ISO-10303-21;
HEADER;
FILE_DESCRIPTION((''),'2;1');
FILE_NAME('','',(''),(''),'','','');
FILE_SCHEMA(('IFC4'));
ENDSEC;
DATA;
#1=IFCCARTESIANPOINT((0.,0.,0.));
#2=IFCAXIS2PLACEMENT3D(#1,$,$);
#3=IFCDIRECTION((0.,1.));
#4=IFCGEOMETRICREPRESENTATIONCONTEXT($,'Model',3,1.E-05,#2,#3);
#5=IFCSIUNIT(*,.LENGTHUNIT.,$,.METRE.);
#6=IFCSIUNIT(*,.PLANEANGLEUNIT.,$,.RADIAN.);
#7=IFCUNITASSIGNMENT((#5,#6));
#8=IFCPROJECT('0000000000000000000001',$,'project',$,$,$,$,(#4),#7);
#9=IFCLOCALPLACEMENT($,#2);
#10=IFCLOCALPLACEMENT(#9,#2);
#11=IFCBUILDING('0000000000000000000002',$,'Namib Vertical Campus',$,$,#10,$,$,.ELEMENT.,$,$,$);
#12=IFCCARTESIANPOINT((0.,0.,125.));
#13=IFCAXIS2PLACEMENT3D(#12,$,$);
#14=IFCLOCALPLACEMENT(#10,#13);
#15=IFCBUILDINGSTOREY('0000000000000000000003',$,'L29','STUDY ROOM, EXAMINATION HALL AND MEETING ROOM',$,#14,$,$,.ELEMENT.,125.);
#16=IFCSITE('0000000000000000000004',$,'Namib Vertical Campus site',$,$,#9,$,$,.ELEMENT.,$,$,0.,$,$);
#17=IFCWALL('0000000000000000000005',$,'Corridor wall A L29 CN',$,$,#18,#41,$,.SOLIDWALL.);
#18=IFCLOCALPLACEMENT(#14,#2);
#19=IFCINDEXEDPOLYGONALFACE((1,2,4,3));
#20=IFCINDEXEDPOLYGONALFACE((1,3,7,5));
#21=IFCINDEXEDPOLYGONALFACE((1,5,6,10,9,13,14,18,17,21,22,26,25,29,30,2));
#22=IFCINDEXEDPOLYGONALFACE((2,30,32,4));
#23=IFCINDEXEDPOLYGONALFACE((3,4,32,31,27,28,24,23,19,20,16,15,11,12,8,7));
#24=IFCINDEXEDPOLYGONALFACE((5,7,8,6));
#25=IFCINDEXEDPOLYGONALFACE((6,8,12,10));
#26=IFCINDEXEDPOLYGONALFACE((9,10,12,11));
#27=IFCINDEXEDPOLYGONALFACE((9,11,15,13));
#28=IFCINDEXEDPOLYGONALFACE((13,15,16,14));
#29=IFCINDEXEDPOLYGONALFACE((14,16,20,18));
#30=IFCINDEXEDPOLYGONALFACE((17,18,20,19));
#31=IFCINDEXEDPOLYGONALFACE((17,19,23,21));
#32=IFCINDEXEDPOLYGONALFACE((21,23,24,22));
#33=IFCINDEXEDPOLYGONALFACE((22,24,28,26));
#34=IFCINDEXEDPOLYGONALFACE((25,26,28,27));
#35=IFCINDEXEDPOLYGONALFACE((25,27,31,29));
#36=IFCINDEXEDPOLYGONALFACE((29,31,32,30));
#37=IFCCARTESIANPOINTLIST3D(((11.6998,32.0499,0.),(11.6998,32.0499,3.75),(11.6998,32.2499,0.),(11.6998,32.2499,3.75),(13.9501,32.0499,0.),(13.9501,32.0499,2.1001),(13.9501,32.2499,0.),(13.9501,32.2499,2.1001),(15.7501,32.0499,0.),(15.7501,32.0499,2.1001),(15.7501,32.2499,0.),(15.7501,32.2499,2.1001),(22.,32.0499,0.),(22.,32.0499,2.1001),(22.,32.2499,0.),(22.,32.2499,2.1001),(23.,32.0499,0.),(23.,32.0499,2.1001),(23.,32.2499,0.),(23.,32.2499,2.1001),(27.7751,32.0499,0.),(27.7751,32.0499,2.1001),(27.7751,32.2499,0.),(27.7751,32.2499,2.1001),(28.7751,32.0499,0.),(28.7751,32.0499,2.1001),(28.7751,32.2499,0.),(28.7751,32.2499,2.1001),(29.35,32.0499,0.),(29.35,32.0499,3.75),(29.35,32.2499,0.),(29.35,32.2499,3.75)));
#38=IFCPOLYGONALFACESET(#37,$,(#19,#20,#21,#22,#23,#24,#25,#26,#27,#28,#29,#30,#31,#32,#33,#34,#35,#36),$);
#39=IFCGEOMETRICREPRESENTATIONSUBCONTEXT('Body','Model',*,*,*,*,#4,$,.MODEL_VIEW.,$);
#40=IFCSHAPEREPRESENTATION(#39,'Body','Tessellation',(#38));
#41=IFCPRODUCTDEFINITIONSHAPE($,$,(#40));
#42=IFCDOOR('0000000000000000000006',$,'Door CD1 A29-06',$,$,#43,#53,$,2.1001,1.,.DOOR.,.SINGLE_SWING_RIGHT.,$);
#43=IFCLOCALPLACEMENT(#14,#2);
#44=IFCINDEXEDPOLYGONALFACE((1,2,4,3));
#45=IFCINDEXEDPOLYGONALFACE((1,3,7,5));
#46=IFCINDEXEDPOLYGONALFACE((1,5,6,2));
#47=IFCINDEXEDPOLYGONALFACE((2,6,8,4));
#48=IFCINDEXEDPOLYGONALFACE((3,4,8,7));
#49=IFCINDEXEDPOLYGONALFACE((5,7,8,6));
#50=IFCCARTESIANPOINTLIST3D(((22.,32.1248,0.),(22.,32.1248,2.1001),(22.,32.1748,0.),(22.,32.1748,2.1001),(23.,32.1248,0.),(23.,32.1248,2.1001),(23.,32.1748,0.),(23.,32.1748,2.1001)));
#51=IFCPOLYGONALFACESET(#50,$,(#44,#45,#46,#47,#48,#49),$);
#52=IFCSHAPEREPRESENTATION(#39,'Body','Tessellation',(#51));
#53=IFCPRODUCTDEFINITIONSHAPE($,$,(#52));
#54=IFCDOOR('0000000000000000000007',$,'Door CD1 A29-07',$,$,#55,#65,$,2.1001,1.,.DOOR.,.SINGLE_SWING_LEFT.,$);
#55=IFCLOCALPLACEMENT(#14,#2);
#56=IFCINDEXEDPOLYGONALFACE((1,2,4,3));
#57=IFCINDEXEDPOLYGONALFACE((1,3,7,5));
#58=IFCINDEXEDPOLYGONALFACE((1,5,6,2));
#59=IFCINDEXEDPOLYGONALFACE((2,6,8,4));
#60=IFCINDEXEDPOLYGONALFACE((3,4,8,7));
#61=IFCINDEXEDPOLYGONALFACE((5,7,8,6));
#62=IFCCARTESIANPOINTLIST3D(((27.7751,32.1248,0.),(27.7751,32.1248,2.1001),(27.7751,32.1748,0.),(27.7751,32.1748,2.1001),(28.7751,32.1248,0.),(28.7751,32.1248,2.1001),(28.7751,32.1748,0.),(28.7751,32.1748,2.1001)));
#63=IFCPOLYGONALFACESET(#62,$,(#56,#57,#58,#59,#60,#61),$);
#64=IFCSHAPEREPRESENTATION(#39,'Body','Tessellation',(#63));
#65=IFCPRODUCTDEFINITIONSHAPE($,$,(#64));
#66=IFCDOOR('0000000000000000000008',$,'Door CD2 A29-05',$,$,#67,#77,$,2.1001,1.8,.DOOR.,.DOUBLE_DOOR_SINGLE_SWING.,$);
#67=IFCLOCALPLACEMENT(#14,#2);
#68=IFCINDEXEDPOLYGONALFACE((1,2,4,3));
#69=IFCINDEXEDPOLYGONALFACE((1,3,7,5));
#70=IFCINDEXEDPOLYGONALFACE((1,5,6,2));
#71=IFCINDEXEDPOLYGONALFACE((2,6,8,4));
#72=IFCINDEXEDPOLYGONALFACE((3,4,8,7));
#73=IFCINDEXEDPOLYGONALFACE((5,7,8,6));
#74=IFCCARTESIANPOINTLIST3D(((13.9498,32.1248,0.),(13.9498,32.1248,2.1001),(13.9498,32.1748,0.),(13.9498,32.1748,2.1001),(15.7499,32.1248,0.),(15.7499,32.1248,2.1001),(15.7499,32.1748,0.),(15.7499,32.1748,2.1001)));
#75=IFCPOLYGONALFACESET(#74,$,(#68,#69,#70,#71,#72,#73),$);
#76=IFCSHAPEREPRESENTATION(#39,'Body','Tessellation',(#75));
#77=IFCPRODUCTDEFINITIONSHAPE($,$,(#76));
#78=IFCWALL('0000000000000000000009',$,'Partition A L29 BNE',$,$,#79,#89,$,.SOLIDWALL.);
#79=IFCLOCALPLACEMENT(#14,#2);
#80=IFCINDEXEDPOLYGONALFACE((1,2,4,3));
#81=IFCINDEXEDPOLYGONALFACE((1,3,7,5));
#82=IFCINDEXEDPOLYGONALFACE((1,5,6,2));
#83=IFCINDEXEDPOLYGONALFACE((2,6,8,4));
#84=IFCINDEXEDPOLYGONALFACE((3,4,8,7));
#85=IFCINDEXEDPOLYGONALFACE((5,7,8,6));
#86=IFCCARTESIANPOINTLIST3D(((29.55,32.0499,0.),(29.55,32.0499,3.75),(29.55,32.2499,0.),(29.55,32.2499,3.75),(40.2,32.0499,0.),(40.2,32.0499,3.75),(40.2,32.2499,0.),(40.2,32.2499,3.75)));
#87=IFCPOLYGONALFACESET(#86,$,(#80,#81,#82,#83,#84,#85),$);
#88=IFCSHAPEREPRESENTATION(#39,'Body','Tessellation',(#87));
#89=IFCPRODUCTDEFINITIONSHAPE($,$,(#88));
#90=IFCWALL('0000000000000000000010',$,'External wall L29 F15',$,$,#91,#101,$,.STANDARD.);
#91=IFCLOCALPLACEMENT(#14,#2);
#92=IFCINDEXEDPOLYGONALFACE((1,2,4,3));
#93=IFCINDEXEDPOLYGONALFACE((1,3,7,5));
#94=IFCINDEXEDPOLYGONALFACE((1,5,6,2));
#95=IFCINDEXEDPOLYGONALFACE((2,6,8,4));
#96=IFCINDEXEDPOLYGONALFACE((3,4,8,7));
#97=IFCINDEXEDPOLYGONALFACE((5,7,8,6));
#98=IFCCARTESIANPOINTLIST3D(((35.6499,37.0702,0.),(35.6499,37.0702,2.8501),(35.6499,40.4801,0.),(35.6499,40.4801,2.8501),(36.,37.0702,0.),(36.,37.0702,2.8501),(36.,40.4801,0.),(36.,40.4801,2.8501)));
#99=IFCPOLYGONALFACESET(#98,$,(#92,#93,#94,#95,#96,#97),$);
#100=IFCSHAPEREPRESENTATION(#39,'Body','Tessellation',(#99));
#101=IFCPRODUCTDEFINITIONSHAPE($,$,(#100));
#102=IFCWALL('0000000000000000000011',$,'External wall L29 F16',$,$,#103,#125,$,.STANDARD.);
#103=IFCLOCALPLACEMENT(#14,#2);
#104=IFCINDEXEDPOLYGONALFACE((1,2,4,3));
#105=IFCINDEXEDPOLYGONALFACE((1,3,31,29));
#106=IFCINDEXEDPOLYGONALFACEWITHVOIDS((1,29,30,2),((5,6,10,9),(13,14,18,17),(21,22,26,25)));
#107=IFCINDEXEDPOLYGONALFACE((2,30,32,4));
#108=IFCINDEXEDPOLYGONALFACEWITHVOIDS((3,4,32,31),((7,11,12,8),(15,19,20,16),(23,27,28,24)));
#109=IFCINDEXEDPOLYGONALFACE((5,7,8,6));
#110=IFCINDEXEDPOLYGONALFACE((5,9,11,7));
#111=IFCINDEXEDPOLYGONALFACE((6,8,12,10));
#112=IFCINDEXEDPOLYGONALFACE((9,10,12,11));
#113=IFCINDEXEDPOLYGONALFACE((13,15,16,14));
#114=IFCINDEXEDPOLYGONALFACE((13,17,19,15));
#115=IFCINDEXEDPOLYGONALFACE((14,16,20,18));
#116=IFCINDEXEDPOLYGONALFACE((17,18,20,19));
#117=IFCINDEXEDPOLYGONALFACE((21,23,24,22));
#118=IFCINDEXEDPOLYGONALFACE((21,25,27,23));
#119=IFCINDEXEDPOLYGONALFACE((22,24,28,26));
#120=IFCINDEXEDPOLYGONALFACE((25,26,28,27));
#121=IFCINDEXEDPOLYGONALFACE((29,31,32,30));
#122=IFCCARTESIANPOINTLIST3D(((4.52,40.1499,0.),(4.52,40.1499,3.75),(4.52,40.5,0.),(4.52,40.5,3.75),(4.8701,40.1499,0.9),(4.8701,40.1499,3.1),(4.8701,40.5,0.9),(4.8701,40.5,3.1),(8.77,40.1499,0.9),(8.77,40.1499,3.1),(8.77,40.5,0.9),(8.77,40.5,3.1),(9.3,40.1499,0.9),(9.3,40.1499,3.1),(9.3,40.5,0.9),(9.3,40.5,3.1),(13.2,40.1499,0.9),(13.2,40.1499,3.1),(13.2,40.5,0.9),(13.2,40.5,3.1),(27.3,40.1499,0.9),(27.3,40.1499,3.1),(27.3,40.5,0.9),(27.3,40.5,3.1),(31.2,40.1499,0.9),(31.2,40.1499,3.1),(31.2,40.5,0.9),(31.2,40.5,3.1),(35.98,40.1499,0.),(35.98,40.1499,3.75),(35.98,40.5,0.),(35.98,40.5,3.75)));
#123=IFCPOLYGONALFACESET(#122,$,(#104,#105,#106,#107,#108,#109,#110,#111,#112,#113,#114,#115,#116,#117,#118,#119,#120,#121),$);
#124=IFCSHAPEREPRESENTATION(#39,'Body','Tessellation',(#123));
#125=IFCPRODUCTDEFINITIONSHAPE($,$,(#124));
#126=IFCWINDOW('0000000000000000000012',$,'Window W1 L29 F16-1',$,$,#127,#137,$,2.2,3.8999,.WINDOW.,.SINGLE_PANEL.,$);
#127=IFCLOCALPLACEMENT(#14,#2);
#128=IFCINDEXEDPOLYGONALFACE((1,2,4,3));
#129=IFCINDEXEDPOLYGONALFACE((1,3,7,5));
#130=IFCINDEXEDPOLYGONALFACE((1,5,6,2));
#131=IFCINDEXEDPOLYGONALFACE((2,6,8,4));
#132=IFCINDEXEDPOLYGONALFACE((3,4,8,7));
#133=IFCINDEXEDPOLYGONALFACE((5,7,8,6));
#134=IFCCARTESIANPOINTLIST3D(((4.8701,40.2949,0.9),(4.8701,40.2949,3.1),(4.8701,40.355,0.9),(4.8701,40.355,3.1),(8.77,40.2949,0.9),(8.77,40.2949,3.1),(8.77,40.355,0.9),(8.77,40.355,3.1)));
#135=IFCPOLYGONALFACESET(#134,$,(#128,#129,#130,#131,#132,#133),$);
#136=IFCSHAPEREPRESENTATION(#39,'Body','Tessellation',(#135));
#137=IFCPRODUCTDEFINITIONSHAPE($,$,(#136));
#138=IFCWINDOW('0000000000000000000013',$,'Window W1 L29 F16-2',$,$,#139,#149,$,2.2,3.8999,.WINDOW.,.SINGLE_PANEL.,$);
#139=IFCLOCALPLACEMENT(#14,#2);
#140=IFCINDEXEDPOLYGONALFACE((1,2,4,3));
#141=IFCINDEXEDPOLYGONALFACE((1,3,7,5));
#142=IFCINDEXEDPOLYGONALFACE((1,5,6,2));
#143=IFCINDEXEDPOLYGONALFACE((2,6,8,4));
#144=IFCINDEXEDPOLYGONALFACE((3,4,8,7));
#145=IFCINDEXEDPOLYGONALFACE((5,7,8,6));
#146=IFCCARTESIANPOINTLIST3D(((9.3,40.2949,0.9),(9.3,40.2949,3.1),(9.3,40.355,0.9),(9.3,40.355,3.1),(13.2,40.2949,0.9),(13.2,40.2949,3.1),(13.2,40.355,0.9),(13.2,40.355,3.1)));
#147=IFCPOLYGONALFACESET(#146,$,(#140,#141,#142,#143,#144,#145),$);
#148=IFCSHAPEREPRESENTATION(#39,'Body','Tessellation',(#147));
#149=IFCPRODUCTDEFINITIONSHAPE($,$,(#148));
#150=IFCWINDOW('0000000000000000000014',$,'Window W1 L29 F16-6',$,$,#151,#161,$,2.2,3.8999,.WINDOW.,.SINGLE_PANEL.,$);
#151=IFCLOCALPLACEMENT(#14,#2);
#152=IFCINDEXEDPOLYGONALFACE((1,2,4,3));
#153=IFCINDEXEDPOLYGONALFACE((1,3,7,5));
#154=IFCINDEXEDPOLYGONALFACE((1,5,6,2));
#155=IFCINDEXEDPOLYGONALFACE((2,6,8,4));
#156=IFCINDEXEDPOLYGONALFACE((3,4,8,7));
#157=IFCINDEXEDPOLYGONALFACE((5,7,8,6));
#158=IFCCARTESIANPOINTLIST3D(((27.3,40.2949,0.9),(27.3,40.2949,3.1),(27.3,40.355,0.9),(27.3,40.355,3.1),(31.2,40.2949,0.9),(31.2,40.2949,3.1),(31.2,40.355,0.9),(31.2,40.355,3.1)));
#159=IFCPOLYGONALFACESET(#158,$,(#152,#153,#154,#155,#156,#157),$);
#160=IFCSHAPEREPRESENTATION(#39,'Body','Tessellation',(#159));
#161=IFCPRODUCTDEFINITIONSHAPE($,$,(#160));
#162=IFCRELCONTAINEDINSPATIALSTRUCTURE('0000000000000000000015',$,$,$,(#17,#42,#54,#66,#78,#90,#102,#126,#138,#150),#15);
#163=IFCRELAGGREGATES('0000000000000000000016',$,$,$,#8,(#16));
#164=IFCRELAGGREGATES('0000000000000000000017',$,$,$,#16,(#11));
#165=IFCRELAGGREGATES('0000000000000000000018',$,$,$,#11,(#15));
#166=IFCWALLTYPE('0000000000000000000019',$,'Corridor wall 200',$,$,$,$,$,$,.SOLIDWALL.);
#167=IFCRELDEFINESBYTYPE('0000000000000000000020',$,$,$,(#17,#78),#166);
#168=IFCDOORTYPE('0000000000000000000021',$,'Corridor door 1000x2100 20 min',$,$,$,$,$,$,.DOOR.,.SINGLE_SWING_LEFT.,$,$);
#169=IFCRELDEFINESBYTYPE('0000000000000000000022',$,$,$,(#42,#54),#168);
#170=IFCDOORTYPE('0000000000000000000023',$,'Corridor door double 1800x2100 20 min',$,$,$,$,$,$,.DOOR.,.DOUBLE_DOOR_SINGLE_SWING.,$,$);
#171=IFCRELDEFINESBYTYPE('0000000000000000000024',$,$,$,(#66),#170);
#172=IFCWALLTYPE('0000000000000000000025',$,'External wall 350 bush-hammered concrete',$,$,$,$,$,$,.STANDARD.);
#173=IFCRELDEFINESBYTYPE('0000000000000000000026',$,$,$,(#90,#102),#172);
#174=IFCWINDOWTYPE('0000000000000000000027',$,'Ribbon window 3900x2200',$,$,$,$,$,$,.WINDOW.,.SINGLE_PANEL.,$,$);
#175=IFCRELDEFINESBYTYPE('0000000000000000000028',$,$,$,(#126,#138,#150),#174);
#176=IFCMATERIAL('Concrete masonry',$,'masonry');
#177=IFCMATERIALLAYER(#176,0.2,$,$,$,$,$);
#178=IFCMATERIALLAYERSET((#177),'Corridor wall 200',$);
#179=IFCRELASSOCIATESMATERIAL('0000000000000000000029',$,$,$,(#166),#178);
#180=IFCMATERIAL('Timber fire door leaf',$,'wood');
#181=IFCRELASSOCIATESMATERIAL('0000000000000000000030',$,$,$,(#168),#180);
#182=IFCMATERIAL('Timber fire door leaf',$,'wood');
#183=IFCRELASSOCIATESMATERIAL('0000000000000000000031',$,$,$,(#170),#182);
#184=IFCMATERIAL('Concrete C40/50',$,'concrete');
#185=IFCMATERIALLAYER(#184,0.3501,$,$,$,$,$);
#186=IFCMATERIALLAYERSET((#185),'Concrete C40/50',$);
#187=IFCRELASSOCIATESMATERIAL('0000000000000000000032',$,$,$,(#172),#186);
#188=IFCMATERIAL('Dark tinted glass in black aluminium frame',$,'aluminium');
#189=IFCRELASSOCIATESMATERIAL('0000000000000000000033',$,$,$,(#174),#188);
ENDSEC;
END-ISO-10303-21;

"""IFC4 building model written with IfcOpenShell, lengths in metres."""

from ifc_helpers import new_model, si_unit, direction, frame, frame_2d, origin, place, context, subcontext, project, spatial, rectangle, extrude, material, layer, layer_set, type_object, element, fill, save


model = new_model("IFC4")

# Units and contexts
model_context = context("Model", 3, precision=1e-05, world=origin(), true_north=direction((0.0, 1.0)))
body_context = subcontext(model_context, "Body", "Model", "MODEL_VIEW")
ifc_project = project(units=[si_unit("LENGTHUNIT", "METRE"), si_unit("PLANEANGLEUNIT", "RADIAN")], contexts=[model_context])

# Site, building, storey
site_placement = place(None, origin())
site = spatial("IfcSite", under=ifc_project, at=site_placement, Name="Namib Vertical Campus site", CompositionType="ELEMENT", RefElevation=0.0)
building_placement = place(site_placement, origin())
building = spatial("IfcBuilding", under=site, at=building_placement, Name="Namib Vertical Campus", CompositionType="ELEMENT")
storey_placement = place(building_placement, frame((0.0, 0.0, 125.0)))
storey = spatial("IfcBuildingStorey", under=building, at=storey_placement, Name="L29", Description="STUDY ROOM, EXAMINATION HALL AND MEETING ROOM", CompositionType="ELEMENT", Elevation=125.0)

# Wall, openings, doors
ifc_material_1 = material(Name="Concrete masonry", Category="masonry")
ifc_layer_1 = layer(ifc_material_1, 0.2)
ifc_layer_set_1 = layer_set([ifc_layer_1], Name="Corridor wall 200")
wall_type_1 = type_object("IfcWallType", Name="Corridor wall 200", PredefinedType="SOLIDWALL", material=ifc_layer_set_1)
wall_1_placement = place(storey_placement, frame((29.3501, 32.1499, 0.0), z_axis=(0.0, 0.0, 1.0), x_axis=(-1.0, 0.0, 0.0)))
wall_1 = element("IfcWall", 1, at=wall_1_placement, inside=storey, type_object=wall_type_1, Name="Corridor wall A L29 CN", PredefinedType="SOLIDWALL", context=body_context, shape_type="SweptSolid", body=[
    extrude(rectangle(XDim=17.6501, YDim=0.2, at=frame_2d((8.8252, 0.0))), origin(), (0.0, 0.0, 1.0), 3.75),
])
opening_1_placement = place(wall_1_placement, frame((13.6001, 0.0, 0.0)))
opening_1 = element("IfcOpeningElement", 2, at=opening_1_placement, cuts=wall_1, PredefinedType="OPENING", context=body_context, shape_type="SweptSolid", body=[
    extrude(rectangle(XDim=1.8, YDim=2.1001, at=frame_2d((0.8999, 1.05))), frame((0.0, 0.1099, 0.0), z_axis=(0.0, -1.0, 0.0), x_axis=(1.0, 0.0, 0.0)), (0.0, 0.0, 1.0), 0.22),
])
opening_2_placement = place(wall_1_placement, frame((6.3501, 0.0, 0.0)))
opening_2 = element("IfcOpeningElement", 3, at=opening_2_placement, cuts=wall_1, PredefinedType="OPENING", context=body_context, shape_type="SweptSolid", body=[
    extrude(rectangle(XDim=1.0, YDim=2.1001, at=frame_2d((0.5, 1.05))), frame((0.0, 0.1099, 0.0), z_axis=(0.0, -1.0, 0.0), x_axis=(1.0, 0.0, 0.0)), (0.0, 0.0, 1.0), 0.22),
])
opening_3_placement = place(wall_1_placement, frame((0.575, 0.0, 0.0)))
opening_3 = element("IfcOpeningElement", 4, at=opening_3_placement, cuts=wall_1, PredefinedType="OPENING", context=body_context, shape_type="SweptSolid", body=[
    extrude(rectangle(XDim=1.0, YDim=2.1001, at=frame_2d((0.5, 1.05))), frame((0.0, 0.1099, 0.0), z_axis=(0.0, -1.0, 0.0), x_axis=(1.0, 0.0, 0.0)), (0.0, 0.0, 1.0), 0.22),
])
ifc_material_2 = material(Name="Timber fire door leaf", Category="wood")
door_type_1 = type_object("IfcDoorType", Name="Corridor door 1000x2100 20 min", OperationType="SINGLE_SWING_LEFT", PredefinedType="DOOR", material=ifc_material_2)
door_1_placement = place(opening_2_placement, frame((1.0, 0.0, 0.0), z_axis=(0.0, 0.0, 1.0), x_axis=(-1.0, 0.0, 0.0)))
door_1 = element("IfcDoor", 5, at=door_1_placement, inside=storey, type_object=door_type_1, Name="Door CD1 A29-06", OperationType="SINGLE_SWING_RIGHT", OverallHeight=2.1001, OverallWidth=1.0, PredefinedType="DOOR", context=body_context, shape_type="SweptSolid", body=[
    extrude(rectangle(XDim=1.0, YDim=2.1001, at=frame_2d((0.5, 1.05))), frame((0.0, 0.0249, 0.0), z_axis=(0.0, -1.0, 0.0), x_axis=(1.0, 0.0, 0.0)), (0.0, 0.0, 1.0), 0.05),
])
fill(opening_2, door_1)
door_2_placement = place(opening_3_placement, frame((1.0, 0.0, 0.0), z_axis=(0.0, 0.0, 1.0), x_axis=(-1.0, 0.0, 0.0)))
door_2 = element("IfcDoor", 6, at=door_2_placement, inside=storey, type_object=door_type_1, Name="Door CD1 A29-07", OperationType="SINGLE_SWING_LEFT", OverallHeight=2.1001, OverallWidth=1.0, PredefinedType="DOOR", context=body_context, shape_type="SweptSolid", body=[
    extrude(rectangle(XDim=1.0, YDim=2.1001, at=frame_2d((0.5, 1.05))), frame((0.0, 0.0249, 0.0), z_axis=(0.0, -1.0, 0.0), x_axis=(1.0, 0.0, 0.0)), (0.0, 0.0, 1.0), 0.05),
])
fill(opening_3, door_2)
ifc_material_3 = material(Name="Timber fire door leaf", Category="wood")
door_type_2 = type_object("IfcDoorType", Name="Corridor door double 1800x2100 20 min", OperationType="DOUBLE_DOOR_SINGLE_SWING", PredefinedType="DOOR", material=ifc_material_3)
door_3_placement = place(opening_1_placement, frame((1.8, 0.0, 0.0), z_axis=(0.0, 0.0, 1.0), x_axis=(-1.0, 0.0, 0.0)))
door_3 = element("IfcDoor", 7, at=door_3_placement, inside=storey, type_object=door_type_2, Name="Door CD2 A29-05", OperationType="DOUBLE_DOOR_SINGLE_SWING", OverallHeight=2.1001, OverallWidth=1.8, PredefinedType="DOOR", context=body_context, shape_type="SweptSolid", body=[
    extrude(rectangle(XDim=1.8, YDim=2.1001, at=frame_2d((0.8999, 1.05))), frame((0.0, 0.0249, 0.0), z_axis=(0.0, -1.0, 0.0), x_axis=(1.0, 0.0, 0.0)), (0.0, 0.0, 1.0), 0.05),
])
fill(opening_1, door_3)

# Walls
wall_2_placement = place(storey_placement, frame((29.55, 32.1499, 0.0), z_axis=(0.0, 0.0, 1.0), x_axis=(1.0, 0.0, 0.0)))
element("IfcWall", 8, at=wall_2_placement, inside=storey, type_object=wall_type_1, Name="Partition A L29 BNE", PredefinedType="SOLIDWALL", context=body_context, shape_type="SweptSolid", body=[
    extrude(rectangle(XDim=10.6499, YDim=0.2, at=frame_2d((5.325, 0.0))), origin(), (0.0, 0.0, 1.0), 3.75),
])
ifc_material_4 = material(Name="Concrete C40/50", Category="concrete")
ifc_layer_2 = layer(ifc_material_4, 0.3501)
ifc_layer_set_2 = layer_set([ifc_layer_2], Name="Concrete C40/50")
wall_type_2 = type_object("IfcWallType", Name="External wall 350 bush-hammered concrete", PredefinedType="STANDARD", material=ifc_layer_set_2)
wall_3_placement = place(storey_placement, frame((35.825, 37.0701, 0.0), z_axis=(0.0, 0.0, 1.0), x_axis=(0.0, 1.0, 0.0)))
element("IfcWall", 9, at=wall_3_placement, inside=storey, type_object=wall_type_2, Name="External wall L29 F15", PredefinedType="STANDARD", context=body_context, shape_type="SweptSolid", body=[
    extrude(rectangle(XDim=3.4099, YDim=0.3501, at=frame_2d((1.7051, 0.0))), origin(), (0.0, 0.0, 1.0), 2.8501),
])

# Wall, openings, windows
wall_4_placement = place(storey_placement, frame((35.98, 40.325, 0.0), z_axis=(0.0, 0.0, 1.0), x_axis=(-1.0, 0.0, 0.0)))
wall_4 = element("IfcWall", 10, at=wall_4_placement, inside=storey, type_object=wall_type_2, Name="External wall L29 F16", PredefinedType="STANDARD", context=body_context, shape_type="SweptSolid", body=[
    extrude(rectangle(XDim=31.46, YDim=0.3501, at=frame_2d((15.73, 0.0))), origin(), (0.0, 0.0, 1.0), 3.75),
])
opening_4_placement = place(wall_4_placement, frame((27.21, 0.0, 0.8999)))
opening_4 = element("IfcOpeningElement", 11, at=opening_4_placement, cuts=wall_4, PredefinedType="OPENING", context=body_context, shape_type="SweptSolid", body=[
    extrude(rectangle(XDim=3.8999, YDim=2.2, at=frame_2d((1.95, 1.1001))), frame((0.0, 0.1851, 0.0), z_axis=(0.0, -1.0, 0.0), x_axis=(1.0, 0.0, 0.0)), (0.0, 0.0, 1.0), 0.3701),
])
opening_5_placement = place(wall_4_placement, frame((22.78, 0.0, 0.8999)))
opening_5 = element("IfcOpeningElement", 12, at=opening_5_placement, cuts=wall_4, PredefinedType="OPENING", context=body_context, shape_type="SweptSolid", body=[
    extrude(rectangle(XDim=3.8999, YDim=2.2, at=frame_2d((1.95, 1.1001))), frame((0.0, 0.1851, 0.0), z_axis=(0.0, -1.0, 0.0), x_axis=(1.0, 0.0, 0.0)), (0.0, 0.0, 1.0), 0.3701),
])
opening_6_placement = place(wall_4_placement, frame((4.78, 0.0, 0.8999)))
opening_6 = element("IfcOpeningElement", 13, at=opening_6_placement, cuts=wall_4, PredefinedType="OPENING", context=body_context, shape_type="SweptSolid", body=[
    extrude(rectangle(XDim=3.8999, YDim=2.2, at=frame_2d((1.95, 1.1001))), frame((0.0, 0.1851, 0.0), z_axis=(0.0, -1.0, 0.0), x_axis=(1.0, 0.0, 0.0)), (0.0, 0.0, 1.0), 0.3701),
])
ifc_material_5 = material(Name="Dark tinted glass in black aluminium frame", Category="aluminium")
window_type = type_object("IfcWindowType", Name="Ribbon window 3900x2200", PartitioningType="SINGLE_PANEL", PredefinedType="WINDOW", material=ifc_material_5)
window_1_placement = place(opening_4_placement, origin())
window_1 = element("IfcWindow", 14, at=window_1_placement, inside=storey, type_object=window_type, Name="Window W1 L29 F16-1", OverallHeight=2.2, OverallWidth=3.8999, PartitioningType="SINGLE_PANEL", PredefinedType="WINDOW", context=body_context, shape_type="SweptSolid", body=[
    extrude(rectangle(XDim=3.8999, YDim=2.2, at=frame_2d((1.95, 1.1001))), frame((0.0, 0.03, 0.0), z_axis=(0.0, -1.0, 0.0), x_axis=(1.0, 0.0, 0.0)), (0.0, 0.0, 1.0), 0.0601),
])
fill(opening_4, window_1)
window_2_placement = place(opening_5_placement, origin())
window_2 = element("IfcWindow", 15, at=window_2_placement, inside=storey, type_object=window_type, Name="Window W1 L29 F16-2", OverallHeight=2.2, OverallWidth=3.8999, PartitioningType="SINGLE_PANEL", PredefinedType="WINDOW", context=body_context, shape_type="SweptSolid", body=[
    extrude(rectangle(XDim=3.8999, YDim=2.2, at=frame_2d((1.95, 1.1001))), frame((0.0, 0.03, 0.0), z_axis=(0.0, -1.0, 0.0), x_axis=(1.0, 0.0, 0.0)), (0.0, 0.0, 1.0), 0.0601),
])
fill(opening_5, window_2)
window_3_placement = place(opening_6_placement, origin())
window_3 = element("IfcWindow", 16, at=window_3_placement, inside=storey, type_object=window_type, Name="Window W1 L29 F16-6", OverallHeight=2.2, OverallWidth=3.8999, PartitioningType="SINGLE_PANEL", PredefinedType="WINDOW", context=body_context, shape_type="SweptSolid", body=[
    extrude(rectangle(XDim=3.8999, YDim=2.2, at=frame_2d((1.95, 1.1001))), frame((0.0, 0.03, 0.0), z_axis=(0.0, -1.0, 0.0), x_axis=(1.0, 0.0, 0.0)), (0.0, 0.0, 1.0), 0.0601),
])
fill(opening_6, window_3)

save(model, "model.ifc")
